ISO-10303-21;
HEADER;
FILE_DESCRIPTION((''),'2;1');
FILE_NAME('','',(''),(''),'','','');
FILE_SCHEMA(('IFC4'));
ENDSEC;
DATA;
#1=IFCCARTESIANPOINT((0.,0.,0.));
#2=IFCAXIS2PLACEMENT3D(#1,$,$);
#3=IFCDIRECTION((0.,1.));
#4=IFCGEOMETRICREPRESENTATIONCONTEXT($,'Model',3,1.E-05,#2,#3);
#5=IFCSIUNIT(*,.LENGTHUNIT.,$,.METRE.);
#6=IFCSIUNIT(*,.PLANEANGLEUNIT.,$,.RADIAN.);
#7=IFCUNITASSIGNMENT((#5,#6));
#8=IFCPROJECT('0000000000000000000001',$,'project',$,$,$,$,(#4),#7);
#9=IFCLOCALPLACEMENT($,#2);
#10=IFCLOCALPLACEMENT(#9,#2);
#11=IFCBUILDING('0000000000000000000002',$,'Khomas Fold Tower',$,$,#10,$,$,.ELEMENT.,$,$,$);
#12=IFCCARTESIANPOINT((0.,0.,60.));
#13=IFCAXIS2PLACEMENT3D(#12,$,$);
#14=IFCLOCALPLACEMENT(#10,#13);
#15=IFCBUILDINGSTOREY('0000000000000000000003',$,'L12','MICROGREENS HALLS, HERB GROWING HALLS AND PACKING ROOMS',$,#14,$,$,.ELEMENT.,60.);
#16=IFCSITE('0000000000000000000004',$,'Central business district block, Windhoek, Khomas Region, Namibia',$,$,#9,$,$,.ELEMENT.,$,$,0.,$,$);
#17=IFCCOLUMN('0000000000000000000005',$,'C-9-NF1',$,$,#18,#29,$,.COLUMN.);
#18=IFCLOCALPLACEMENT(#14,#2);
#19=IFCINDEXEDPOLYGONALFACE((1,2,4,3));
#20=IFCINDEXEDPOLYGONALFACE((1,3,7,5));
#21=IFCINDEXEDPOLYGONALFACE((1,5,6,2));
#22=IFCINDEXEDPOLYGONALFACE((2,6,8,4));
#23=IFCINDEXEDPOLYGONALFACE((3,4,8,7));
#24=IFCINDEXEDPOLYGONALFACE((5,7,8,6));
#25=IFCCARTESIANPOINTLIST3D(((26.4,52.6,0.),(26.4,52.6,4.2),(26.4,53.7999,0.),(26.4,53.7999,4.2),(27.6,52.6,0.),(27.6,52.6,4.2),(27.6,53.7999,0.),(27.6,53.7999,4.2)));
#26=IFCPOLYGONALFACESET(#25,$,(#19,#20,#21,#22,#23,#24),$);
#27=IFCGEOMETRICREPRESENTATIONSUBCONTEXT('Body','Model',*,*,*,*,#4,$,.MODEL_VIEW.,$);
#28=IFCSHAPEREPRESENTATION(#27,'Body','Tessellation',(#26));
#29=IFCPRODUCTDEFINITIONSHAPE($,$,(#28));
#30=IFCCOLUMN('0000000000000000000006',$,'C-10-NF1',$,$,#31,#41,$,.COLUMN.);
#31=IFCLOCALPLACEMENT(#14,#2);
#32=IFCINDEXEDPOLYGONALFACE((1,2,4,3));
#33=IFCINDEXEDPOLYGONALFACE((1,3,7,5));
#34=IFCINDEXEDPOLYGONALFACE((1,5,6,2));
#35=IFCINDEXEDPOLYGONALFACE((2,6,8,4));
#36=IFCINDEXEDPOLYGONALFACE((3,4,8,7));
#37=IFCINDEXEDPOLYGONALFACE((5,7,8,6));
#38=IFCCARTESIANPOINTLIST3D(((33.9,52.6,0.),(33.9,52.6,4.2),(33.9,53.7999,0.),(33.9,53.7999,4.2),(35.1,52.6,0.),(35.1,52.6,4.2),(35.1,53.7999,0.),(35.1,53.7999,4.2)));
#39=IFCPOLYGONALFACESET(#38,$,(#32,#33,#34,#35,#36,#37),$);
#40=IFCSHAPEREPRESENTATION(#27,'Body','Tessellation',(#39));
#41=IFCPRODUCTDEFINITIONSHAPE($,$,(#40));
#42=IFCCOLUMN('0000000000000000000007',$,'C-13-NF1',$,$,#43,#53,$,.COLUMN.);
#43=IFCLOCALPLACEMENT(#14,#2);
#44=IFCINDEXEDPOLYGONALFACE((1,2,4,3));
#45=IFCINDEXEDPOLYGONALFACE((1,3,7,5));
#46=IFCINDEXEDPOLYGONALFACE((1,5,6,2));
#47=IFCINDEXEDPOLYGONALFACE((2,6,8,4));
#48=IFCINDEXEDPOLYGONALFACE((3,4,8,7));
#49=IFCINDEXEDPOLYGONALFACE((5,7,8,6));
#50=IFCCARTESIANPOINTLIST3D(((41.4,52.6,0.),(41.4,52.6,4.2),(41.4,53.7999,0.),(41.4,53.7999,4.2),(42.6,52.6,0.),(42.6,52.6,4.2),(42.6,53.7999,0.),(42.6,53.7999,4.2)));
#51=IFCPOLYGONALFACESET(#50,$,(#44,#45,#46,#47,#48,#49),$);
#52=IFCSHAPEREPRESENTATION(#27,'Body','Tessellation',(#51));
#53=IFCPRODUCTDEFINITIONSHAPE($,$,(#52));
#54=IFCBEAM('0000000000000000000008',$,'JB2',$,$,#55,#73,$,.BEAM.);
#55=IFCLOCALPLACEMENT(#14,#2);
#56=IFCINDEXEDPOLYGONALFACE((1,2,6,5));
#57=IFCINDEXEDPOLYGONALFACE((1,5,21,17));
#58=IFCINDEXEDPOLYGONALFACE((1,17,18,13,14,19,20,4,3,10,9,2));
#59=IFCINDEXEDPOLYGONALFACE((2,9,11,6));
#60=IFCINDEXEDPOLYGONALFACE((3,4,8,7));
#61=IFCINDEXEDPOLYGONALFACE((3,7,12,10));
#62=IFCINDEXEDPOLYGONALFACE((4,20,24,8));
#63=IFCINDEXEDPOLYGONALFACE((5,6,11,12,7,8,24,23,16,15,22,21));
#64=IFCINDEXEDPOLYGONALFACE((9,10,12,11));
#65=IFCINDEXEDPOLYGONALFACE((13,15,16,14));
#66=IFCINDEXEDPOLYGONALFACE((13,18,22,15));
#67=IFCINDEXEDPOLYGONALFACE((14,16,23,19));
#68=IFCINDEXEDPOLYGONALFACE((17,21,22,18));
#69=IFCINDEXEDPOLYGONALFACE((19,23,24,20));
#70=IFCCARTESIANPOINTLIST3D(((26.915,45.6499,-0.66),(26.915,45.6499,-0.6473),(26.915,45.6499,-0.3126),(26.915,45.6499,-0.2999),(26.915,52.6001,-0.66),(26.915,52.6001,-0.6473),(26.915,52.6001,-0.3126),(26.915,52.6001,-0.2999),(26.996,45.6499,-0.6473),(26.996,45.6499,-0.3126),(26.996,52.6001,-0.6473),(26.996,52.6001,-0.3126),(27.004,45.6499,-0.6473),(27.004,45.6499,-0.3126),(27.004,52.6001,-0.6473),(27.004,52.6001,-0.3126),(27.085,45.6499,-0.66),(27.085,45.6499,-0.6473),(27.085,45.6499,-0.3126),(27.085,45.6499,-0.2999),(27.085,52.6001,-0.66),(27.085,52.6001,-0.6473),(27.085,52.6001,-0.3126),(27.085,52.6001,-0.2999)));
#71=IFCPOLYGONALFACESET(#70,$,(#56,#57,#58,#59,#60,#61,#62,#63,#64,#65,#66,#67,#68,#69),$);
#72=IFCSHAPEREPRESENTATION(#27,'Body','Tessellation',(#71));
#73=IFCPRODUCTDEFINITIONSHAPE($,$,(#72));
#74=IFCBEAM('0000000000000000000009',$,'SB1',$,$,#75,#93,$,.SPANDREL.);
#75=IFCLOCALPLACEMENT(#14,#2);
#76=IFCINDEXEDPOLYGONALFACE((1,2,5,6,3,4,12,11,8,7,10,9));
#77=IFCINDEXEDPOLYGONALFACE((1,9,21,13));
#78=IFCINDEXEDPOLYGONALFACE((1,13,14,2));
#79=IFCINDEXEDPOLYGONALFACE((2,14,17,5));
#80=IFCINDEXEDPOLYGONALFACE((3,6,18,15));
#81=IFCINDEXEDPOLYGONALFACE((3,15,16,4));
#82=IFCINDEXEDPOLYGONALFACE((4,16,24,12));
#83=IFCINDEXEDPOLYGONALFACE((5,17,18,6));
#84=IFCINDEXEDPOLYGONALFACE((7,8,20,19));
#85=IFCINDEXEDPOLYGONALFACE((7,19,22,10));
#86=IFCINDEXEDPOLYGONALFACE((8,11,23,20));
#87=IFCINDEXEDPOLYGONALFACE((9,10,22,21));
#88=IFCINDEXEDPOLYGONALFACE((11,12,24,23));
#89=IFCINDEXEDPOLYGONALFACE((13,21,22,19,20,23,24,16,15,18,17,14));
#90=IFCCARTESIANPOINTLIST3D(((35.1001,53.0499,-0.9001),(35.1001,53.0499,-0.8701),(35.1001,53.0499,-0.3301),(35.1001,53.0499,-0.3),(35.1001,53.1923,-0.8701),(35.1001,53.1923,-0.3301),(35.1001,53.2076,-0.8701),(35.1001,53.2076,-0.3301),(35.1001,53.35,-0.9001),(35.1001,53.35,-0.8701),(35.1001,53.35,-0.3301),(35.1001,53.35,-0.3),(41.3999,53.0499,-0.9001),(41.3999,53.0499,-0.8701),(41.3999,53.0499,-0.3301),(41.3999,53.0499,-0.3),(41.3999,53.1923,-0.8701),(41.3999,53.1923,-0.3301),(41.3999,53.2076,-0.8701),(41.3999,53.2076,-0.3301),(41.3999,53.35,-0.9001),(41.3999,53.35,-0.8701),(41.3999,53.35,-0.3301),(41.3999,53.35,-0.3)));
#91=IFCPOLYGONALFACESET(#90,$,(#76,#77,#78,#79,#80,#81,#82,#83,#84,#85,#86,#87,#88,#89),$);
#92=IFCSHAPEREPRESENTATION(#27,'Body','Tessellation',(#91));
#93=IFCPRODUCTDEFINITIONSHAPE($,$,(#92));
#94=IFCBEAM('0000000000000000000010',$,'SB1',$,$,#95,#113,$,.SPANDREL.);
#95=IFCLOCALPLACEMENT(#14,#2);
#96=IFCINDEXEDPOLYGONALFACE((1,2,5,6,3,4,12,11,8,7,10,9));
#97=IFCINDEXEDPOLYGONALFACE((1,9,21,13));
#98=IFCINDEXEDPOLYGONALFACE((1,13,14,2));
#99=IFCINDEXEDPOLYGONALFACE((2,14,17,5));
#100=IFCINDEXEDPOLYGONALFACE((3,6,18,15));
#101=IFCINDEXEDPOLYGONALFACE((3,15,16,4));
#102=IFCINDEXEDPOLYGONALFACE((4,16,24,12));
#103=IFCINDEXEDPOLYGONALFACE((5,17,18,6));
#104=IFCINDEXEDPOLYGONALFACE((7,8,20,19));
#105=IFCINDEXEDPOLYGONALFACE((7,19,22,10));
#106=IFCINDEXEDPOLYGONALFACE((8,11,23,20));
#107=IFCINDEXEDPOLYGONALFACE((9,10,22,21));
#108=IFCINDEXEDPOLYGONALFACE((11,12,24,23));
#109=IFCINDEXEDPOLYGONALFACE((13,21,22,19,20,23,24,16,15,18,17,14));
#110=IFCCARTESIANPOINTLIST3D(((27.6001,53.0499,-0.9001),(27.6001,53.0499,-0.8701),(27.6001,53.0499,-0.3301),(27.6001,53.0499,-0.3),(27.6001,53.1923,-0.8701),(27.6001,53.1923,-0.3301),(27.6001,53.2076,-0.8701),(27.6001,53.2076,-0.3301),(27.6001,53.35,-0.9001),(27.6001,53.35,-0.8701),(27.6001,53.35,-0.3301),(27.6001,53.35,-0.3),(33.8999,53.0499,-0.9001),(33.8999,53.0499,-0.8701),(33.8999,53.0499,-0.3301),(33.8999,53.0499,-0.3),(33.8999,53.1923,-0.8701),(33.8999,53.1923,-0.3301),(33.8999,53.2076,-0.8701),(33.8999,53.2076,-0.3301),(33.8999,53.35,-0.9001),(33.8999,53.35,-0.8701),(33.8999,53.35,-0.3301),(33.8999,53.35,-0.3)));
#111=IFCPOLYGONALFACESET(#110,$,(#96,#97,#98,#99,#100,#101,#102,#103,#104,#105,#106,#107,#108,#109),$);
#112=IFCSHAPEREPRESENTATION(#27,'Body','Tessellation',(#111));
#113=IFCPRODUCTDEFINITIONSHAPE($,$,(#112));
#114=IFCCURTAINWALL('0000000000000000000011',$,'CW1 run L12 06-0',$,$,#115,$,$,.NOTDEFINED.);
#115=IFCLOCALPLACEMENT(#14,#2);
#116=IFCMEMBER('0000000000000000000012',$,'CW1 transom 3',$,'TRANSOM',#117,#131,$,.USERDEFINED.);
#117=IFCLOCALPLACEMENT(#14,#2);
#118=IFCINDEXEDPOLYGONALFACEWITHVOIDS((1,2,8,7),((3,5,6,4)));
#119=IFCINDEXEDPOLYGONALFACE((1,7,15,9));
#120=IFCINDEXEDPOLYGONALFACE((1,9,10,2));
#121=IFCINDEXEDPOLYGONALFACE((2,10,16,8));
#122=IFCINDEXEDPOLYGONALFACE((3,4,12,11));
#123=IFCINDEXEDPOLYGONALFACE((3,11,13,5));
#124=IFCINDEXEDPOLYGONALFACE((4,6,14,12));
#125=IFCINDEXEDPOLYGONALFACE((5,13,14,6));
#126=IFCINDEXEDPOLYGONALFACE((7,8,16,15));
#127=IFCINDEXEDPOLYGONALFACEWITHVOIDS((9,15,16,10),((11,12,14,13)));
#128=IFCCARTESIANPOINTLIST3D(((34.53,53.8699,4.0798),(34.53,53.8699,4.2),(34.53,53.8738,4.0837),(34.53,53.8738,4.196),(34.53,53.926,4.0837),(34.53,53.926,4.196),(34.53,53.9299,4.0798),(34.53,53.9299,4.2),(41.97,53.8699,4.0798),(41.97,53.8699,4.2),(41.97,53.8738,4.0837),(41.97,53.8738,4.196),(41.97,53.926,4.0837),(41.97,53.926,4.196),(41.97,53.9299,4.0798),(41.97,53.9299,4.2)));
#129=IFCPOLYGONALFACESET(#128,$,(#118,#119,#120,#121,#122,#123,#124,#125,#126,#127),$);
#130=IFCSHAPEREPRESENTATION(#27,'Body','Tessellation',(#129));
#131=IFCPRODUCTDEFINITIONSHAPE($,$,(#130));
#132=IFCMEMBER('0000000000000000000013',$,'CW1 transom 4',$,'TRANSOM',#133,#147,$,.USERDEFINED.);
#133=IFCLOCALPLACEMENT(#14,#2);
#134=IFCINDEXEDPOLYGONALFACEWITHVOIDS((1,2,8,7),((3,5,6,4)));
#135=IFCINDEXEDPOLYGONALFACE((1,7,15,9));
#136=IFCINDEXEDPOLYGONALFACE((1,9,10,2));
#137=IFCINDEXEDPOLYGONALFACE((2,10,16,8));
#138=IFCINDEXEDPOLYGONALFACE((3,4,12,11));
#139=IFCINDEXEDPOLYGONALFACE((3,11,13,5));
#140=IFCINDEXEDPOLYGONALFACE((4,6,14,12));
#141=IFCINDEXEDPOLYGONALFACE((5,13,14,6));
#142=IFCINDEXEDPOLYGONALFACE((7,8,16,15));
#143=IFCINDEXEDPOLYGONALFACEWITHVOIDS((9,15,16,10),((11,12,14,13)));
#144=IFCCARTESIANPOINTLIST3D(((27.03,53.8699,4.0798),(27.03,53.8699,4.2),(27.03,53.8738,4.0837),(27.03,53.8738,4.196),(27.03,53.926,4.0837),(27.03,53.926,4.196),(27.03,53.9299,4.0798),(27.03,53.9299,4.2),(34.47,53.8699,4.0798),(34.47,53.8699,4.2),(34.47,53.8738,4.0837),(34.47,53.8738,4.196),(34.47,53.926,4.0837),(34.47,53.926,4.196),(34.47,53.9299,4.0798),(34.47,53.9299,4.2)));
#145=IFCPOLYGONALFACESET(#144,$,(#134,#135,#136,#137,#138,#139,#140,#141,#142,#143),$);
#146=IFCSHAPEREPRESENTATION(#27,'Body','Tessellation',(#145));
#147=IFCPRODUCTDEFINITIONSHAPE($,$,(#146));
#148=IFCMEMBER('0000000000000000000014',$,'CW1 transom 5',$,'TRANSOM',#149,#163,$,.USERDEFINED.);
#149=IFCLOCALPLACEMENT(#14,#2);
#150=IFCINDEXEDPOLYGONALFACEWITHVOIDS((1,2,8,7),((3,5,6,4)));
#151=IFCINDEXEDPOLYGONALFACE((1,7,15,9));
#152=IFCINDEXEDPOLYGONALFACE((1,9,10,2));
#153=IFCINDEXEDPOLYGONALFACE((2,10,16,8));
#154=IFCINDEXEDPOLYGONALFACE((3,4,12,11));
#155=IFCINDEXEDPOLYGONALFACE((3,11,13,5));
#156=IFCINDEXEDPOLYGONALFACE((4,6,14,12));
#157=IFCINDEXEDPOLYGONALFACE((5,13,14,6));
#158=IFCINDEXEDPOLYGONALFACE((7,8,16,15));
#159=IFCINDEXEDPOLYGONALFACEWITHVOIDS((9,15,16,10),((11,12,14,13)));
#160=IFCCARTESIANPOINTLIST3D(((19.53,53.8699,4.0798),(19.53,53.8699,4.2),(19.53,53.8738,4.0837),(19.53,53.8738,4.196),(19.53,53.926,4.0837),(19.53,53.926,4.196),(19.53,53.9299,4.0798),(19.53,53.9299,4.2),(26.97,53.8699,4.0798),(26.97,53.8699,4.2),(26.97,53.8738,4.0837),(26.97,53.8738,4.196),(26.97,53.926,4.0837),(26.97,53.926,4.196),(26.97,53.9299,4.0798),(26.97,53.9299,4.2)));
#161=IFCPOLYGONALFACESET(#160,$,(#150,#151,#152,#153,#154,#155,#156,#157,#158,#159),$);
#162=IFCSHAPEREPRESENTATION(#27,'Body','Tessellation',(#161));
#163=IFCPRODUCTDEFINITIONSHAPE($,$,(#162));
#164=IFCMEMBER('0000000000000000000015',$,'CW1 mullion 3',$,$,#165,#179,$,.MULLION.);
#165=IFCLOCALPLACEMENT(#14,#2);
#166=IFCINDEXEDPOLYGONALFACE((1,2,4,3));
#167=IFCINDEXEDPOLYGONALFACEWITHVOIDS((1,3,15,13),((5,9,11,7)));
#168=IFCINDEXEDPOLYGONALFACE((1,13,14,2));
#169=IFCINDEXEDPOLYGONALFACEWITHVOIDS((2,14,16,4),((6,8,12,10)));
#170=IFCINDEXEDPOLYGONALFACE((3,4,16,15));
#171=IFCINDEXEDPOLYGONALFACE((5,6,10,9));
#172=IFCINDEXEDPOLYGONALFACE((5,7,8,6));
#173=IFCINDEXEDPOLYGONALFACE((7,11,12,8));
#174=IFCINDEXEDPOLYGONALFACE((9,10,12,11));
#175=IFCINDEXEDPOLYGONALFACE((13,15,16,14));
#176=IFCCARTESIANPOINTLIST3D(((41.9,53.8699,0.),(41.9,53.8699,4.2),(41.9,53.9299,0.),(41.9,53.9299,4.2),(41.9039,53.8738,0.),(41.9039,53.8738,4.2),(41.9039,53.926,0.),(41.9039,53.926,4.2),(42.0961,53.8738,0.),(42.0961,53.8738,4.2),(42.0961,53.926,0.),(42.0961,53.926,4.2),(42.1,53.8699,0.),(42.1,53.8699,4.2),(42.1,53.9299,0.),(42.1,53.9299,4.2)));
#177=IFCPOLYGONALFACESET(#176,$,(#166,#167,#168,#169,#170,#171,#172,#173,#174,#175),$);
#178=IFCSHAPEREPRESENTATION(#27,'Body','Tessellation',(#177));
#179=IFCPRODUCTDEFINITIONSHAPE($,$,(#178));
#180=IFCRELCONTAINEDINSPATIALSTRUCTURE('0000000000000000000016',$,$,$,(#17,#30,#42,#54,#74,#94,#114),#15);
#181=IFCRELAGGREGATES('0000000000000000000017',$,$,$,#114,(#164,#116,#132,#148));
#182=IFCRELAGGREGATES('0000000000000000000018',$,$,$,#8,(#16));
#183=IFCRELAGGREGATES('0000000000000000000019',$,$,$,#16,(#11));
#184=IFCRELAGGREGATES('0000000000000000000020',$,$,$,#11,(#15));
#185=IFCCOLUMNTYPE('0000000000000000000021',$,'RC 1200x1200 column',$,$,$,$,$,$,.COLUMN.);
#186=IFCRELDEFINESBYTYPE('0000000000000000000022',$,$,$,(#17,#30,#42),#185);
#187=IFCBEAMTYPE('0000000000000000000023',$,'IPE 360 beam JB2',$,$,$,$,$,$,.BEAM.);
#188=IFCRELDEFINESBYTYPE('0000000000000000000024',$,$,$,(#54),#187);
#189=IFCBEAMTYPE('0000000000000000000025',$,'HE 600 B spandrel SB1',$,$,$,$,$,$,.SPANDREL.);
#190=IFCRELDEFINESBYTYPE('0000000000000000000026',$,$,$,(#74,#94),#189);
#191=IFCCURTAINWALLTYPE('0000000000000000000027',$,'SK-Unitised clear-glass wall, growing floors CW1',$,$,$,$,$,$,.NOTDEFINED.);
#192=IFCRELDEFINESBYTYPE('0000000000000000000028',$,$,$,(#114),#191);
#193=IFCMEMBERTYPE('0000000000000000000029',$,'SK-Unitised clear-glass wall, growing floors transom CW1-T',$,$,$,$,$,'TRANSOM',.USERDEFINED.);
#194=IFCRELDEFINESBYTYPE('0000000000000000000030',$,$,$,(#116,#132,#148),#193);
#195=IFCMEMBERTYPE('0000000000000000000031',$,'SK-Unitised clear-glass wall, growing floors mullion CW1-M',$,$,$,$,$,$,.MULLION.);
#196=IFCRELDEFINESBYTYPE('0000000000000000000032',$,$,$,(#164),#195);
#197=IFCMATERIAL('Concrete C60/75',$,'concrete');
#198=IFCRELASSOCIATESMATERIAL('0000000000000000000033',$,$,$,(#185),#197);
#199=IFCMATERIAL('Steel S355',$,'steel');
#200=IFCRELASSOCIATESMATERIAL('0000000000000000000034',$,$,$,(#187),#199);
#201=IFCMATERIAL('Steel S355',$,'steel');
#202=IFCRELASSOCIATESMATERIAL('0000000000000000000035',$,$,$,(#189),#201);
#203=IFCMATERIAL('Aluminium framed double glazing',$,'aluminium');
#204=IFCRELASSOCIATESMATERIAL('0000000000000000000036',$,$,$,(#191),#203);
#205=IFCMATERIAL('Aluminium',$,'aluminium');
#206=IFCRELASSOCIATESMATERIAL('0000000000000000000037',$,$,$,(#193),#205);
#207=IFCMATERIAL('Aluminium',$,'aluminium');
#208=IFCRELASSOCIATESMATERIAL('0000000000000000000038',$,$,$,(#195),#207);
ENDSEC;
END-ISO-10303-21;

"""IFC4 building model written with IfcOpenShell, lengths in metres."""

from ifc_helpers import new_model, si_unit, direction, frame, origin, origin_2d, place, context, subcontext, project, spatial, rectangle, hollow_rectangle, i_section, extrude, source, transform, mapped, material, material_profile, profile_set, type_object, element, aggregate, save


model = new_model("IFC4")

# Units and contexts
model_context = context("Model", 3, precision=1e-05, world=origin(), true_north=direction((0.0, 1.0)))
body_context = subcontext(model_context, "Body", "Model", "MODEL_VIEW")
ifc_project = project(units=[si_unit("LENGTHUNIT", "METRE"), si_unit("PLANEANGLEUNIT", "RADIAN")], contexts=[model_context])

# Site, building, storey
site_placement = place(None, origin())
site = spatial("IfcSite", under=ifc_project, at=site_placement, Name="Central business district block, Windhoek, Khomas Region, Namibia", CompositionType="ELEMENT", RefElevation=0.0)
building_placement = place(site_placement, origin())
building = spatial("IfcBuilding", under=site, at=building_placement, Name="Khomas Fold Tower", CompositionType="ELEMENT")
storey_placement = place(building_placement, frame((0.0, 0.0, 60.0)))
storey = spatial("IfcBuildingStorey", under=building, at=storey_placement, Name="L12", Description="MICROGREENS HALLS, HERB GROWING HALLS AND PACKING ROOMS", CompositionType="ELEMENT", Elevation=60.0)

# Columns
ifc_material_1 = material(Name="Concrete C60/75", Category="concrete")
ifc_material_profile_1 = material_profile(ifc_material_1, rectangle(XDim=1.2, YDim=1.2, at=origin_2d()), Name="RC 1200x1200")
ifc_profile_set_1 = profile_set([ifc_material_profile_1], Name="Concrete C60/75")
column_type = type_object("IfcColumnType", Name="RC 1200x1200 column", PredefinedType="COLUMN", material=ifc_profile_set_1)
shared_shape_1 = source(origin(), body_context, "Body", "SweptSolid", [
    extrude(rectangle(XDim=1.2, YDim=1.2, at=origin_2d()), origin(), (0.0, 0.0, 1.0), 4.2),
])
for number, where, z_axis, x_axis, name in (
    (1, (27.0, 53.2, 0.0), (0.0, 0.0, 1.0), (1.0, 0.0, 0.0), "C-9-NF1"),
    (2, (34.5, 53.2, 0.0), (0.0, 0.0, 1.0), (1.0, 0.0, 0.0), "C-10-NF1"),
    (3, (42.0, 53.2, 0.0), (0.0, 0.0, 1.0), (1.0, 0.0, 0.0), "C-13-NF1"),
):
    element("IfcColumn", number, at=place(storey_placement, frame(where, z_axis=z_axis, x_axis=x_axis)), inside=storey, type_object=column_type, Name=name, PredefinedType="COLUMN", context=body_context, shape_type="MappedRepresentation", body=[
        mapped(shared_shape_1, transform((0.0, 0.0, 0.0))),
    ])

# Beams
ifc_material_2 = material(Name="Steel S355", Category="steel")
ifc_material_profile_2 = material_profile(ifc_material_2, i_section(OverallWidth=0.1699, OverallDepth=0.3601, WebThickness=0.0081, FlangeThickness=0.0127, at=origin_2d()), Name="IPE 360")
ifc_profile_set_2 = profile_set([ifc_material_profile_2], Name="Steel S355")
beam_type_1 = type_object("IfcBeamType", Name="IPE 360 beam JB2", PredefinedType="BEAM", material=ifc_profile_set_2)
shared_shape_2 = source(origin(), body_context, "Body", "SweptSolid", [
    extrude(i_section(OverallWidth=0.1699, OverallDepth=0.3601, WebThickness=0.0081, FlangeThickness=0.0127, at=origin_2d()), origin(), (0.0, 0.0, 1.0), 6.9502),
])
beam_placement = place(storey_placement, frame((27.0, 45.6499, -0.48), z_axis=(0.0, 1.0, 0.0), x_axis=(-1.0, 0.0, 0.0)))
element("IfcBeam", 4, at=beam_placement, inside=storey, type_object=beam_type_1, Name="JB2", PredefinedType="BEAM", context=body_context, shape_type="MappedRepresentation", body=[
    mapped(shared_shape_2, transform((0.0, 0.0, 0.0))),
])
ifc_material_3 = material(Name="Steel S355", Category="steel")
ifc_material_profile_3 = material_profile(ifc_material_3, i_section(OverallWidth=0.3, OverallDepth=0.6001, WebThickness=0.0154, FlangeThickness=0.03, at=origin_2d()), Name="HE 600 B")
ifc_profile_set_3 = profile_set([ifc_material_profile_3], Name="Steel S355")
beam_type_2 = type_object("IfcBeamType", Name="HE 600 B spandrel SB1", PredefinedType="SPANDREL", material=ifc_profile_set_3)
shared_shape_3 = source(origin(), body_context, "Body", "SweptSolid", [
    extrude(i_section(OverallWidth=0.3, OverallDepth=0.6001, WebThickness=0.0154, FlangeThickness=0.03, at=origin_2d()), origin(), (0.0, 0.0, 1.0), 6.2998),
])
for number, where, z_axis, x_axis, name in (
    (5, (35.1001, 53.2, -0.6001), (1.0, 0.0, 0.0), (0.0, 1.0, 0.0), "SB1"),
    (6, (27.6001, 53.2, -0.6001), (1.0, 0.0, 0.0), (0.0, 1.0, 0.0), "SB1"),
):
    element("IfcBeam", number, at=place(storey_placement, frame(where, z_axis=z_axis, x_axis=x_axis)), inside=storey, type_object=beam_type_2, Name=name, PredefinedType="SPANDREL", context=body_context, shape_type="MappedRepresentation", body=[
        mapped(shared_shape_3, transform((0.0, 0.0, 0.0))),
    ])

# Curtain wall, members
ifc_material_4 = material(Name="Aluminium framed double glazing", Category="aluminium")
curtain_wall_type = type_object("IfcCurtainWallType", Name="SK-Unitised clear-glass wall, growing floors CW1", PredefinedType="NOTDEFINED", material=ifc_material_4)
curtain_wall_placement = place(storey_placement, origin())
curtain_wall = element("IfcCurtainWall", 7, at=curtain_wall_placement, inside=storey, type_object=curtain_wall_type, Name="CW1 run L12 06-0", PredefinedType="NOTDEFINED")
ifc_material_5 = material(Name="Aluminium", Category="aluminium")
ifc_material_profile_4 = material_profile(ifc_material_5, hollow_rectangle(XDim=0.0601, YDim=0.1201, WallThickness=0.0039, at=origin_2d()), Name="SK-Unitised clear-glass wall, growing floors transom CW1-T")
ifc_profile_set_4 = profile_set([ifc_material_profile_4], Name="Aluminium")
member_type_1 = type_object("IfcMemberType", Name="SK-Unitised clear-glass wall, growing floors transom CW1-T", ElementType="TRANSOM", PredefinedType="USERDEFINED", material=ifc_profile_set_4)
shared_shape_4 = source(origin(), body_context, "Body", "SweptSolid", [
    extrude(hollow_rectangle(XDim=0.0601, YDim=0.1201, WallThickness=0.0039, at=origin_2d()), origin(), (0.0, 0.0, 1.0), 7.4399),
])
member_1_placement = place(storey_placement, frame((41.97, 53.8999, 4.1399), z_axis=(-1.0, 0.0, 0.0), x_axis=(0.0, -1.0, 0.0)))
member_1 = element("IfcMember", 8, at=member_1_placement, type_object=member_type_1, Name="CW1 transom 3", ObjectType="TRANSOM", PredefinedType="USERDEFINED", context=body_context, shape_type="MappedRepresentation", body=[
    mapped(shared_shape_4, transform((0.0, 0.0, 0.0))),
])
member_2_placement = place(storey_placement, frame((34.47, 53.8999, 4.1399), z_axis=(-1.0, 0.0, 0.0), x_axis=(0.0, -1.0, 0.0)))
member_2 = element("IfcMember", 9, at=member_2_placement, type_object=member_type_1, Name="CW1 transom 4", ObjectType="TRANSOM", PredefinedType="USERDEFINED", context=body_context, shape_type="MappedRepresentation", body=[
    mapped(shared_shape_4, transform((0.0, 0.0, 0.0))),
])
member_3_placement = place(storey_placement, frame((26.97, 53.8999, 4.1399), z_axis=(-1.0, 0.0, 0.0), x_axis=(0.0, -1.0, 0.0)))
member_3 = element("IfcMember", 10, at=member_3_placement, type_object=member_type_1, Name="CW1 transom 5", ObjectType="TRANSOM", PredefinedType="USERDEFINED", context=body_context, shape_type="MappedRepresentation", body=[
    mapped(shared_shape_4, transform((0.0, 0.0, 0.0))),
])
ifc_material_6 = material(Name="Aluminium", Category="aluminium")
ifc_material_profile_5 = material_profile(ifc_material_6, hollow_rectangle(XDim=0.0601, YDim=0.2, WallThickness=0.0039, at=origin_2d()), Name="SK-Unitised clear-glass wall, growing floors mullion CW1-M")
ifc_profile_set_5 = profile_set([ifc_material_profile_5], Name="Aluminium")
member_type_2 = type_object("IfcMemberType", Name="SK-Unitised clear-glass wall, growing floors mullion CW1-M", PredefinedType="MULLION", material=ifc_profile_set_5)
shared_shape_5 = source(origin(), body_context, "Body", "SweptSolid", [
    extrude(hollow_rectangle(XDim=0.0601, YDim=0.2, WallThickness=0.0039, at=origin_2d()), origin(), (0.0, 0.0, 1.0), 4.2),
])
member_4_placement = place(storey_placement, frame((42.0, 53.8999, 0.0), z_axis=(0.0, 0.0, 1.0), x_axis=(0.0, -1.0, 0.0)))
member_4 = element("IfcMember", 11, at=member_4_placement, type_object=member_type_2, Name="CW1 mullion 3", PredefinedType="MULLION", context=body_context, shape_type="MappedRepresentation", body=[
    mapped(shared_shape_5, transform((0.0, 0.0, 0.0))),
])

aggregate(curtain_wall, [member_4, member_1, member_2, member_3])

save(model, "model.ifc")
